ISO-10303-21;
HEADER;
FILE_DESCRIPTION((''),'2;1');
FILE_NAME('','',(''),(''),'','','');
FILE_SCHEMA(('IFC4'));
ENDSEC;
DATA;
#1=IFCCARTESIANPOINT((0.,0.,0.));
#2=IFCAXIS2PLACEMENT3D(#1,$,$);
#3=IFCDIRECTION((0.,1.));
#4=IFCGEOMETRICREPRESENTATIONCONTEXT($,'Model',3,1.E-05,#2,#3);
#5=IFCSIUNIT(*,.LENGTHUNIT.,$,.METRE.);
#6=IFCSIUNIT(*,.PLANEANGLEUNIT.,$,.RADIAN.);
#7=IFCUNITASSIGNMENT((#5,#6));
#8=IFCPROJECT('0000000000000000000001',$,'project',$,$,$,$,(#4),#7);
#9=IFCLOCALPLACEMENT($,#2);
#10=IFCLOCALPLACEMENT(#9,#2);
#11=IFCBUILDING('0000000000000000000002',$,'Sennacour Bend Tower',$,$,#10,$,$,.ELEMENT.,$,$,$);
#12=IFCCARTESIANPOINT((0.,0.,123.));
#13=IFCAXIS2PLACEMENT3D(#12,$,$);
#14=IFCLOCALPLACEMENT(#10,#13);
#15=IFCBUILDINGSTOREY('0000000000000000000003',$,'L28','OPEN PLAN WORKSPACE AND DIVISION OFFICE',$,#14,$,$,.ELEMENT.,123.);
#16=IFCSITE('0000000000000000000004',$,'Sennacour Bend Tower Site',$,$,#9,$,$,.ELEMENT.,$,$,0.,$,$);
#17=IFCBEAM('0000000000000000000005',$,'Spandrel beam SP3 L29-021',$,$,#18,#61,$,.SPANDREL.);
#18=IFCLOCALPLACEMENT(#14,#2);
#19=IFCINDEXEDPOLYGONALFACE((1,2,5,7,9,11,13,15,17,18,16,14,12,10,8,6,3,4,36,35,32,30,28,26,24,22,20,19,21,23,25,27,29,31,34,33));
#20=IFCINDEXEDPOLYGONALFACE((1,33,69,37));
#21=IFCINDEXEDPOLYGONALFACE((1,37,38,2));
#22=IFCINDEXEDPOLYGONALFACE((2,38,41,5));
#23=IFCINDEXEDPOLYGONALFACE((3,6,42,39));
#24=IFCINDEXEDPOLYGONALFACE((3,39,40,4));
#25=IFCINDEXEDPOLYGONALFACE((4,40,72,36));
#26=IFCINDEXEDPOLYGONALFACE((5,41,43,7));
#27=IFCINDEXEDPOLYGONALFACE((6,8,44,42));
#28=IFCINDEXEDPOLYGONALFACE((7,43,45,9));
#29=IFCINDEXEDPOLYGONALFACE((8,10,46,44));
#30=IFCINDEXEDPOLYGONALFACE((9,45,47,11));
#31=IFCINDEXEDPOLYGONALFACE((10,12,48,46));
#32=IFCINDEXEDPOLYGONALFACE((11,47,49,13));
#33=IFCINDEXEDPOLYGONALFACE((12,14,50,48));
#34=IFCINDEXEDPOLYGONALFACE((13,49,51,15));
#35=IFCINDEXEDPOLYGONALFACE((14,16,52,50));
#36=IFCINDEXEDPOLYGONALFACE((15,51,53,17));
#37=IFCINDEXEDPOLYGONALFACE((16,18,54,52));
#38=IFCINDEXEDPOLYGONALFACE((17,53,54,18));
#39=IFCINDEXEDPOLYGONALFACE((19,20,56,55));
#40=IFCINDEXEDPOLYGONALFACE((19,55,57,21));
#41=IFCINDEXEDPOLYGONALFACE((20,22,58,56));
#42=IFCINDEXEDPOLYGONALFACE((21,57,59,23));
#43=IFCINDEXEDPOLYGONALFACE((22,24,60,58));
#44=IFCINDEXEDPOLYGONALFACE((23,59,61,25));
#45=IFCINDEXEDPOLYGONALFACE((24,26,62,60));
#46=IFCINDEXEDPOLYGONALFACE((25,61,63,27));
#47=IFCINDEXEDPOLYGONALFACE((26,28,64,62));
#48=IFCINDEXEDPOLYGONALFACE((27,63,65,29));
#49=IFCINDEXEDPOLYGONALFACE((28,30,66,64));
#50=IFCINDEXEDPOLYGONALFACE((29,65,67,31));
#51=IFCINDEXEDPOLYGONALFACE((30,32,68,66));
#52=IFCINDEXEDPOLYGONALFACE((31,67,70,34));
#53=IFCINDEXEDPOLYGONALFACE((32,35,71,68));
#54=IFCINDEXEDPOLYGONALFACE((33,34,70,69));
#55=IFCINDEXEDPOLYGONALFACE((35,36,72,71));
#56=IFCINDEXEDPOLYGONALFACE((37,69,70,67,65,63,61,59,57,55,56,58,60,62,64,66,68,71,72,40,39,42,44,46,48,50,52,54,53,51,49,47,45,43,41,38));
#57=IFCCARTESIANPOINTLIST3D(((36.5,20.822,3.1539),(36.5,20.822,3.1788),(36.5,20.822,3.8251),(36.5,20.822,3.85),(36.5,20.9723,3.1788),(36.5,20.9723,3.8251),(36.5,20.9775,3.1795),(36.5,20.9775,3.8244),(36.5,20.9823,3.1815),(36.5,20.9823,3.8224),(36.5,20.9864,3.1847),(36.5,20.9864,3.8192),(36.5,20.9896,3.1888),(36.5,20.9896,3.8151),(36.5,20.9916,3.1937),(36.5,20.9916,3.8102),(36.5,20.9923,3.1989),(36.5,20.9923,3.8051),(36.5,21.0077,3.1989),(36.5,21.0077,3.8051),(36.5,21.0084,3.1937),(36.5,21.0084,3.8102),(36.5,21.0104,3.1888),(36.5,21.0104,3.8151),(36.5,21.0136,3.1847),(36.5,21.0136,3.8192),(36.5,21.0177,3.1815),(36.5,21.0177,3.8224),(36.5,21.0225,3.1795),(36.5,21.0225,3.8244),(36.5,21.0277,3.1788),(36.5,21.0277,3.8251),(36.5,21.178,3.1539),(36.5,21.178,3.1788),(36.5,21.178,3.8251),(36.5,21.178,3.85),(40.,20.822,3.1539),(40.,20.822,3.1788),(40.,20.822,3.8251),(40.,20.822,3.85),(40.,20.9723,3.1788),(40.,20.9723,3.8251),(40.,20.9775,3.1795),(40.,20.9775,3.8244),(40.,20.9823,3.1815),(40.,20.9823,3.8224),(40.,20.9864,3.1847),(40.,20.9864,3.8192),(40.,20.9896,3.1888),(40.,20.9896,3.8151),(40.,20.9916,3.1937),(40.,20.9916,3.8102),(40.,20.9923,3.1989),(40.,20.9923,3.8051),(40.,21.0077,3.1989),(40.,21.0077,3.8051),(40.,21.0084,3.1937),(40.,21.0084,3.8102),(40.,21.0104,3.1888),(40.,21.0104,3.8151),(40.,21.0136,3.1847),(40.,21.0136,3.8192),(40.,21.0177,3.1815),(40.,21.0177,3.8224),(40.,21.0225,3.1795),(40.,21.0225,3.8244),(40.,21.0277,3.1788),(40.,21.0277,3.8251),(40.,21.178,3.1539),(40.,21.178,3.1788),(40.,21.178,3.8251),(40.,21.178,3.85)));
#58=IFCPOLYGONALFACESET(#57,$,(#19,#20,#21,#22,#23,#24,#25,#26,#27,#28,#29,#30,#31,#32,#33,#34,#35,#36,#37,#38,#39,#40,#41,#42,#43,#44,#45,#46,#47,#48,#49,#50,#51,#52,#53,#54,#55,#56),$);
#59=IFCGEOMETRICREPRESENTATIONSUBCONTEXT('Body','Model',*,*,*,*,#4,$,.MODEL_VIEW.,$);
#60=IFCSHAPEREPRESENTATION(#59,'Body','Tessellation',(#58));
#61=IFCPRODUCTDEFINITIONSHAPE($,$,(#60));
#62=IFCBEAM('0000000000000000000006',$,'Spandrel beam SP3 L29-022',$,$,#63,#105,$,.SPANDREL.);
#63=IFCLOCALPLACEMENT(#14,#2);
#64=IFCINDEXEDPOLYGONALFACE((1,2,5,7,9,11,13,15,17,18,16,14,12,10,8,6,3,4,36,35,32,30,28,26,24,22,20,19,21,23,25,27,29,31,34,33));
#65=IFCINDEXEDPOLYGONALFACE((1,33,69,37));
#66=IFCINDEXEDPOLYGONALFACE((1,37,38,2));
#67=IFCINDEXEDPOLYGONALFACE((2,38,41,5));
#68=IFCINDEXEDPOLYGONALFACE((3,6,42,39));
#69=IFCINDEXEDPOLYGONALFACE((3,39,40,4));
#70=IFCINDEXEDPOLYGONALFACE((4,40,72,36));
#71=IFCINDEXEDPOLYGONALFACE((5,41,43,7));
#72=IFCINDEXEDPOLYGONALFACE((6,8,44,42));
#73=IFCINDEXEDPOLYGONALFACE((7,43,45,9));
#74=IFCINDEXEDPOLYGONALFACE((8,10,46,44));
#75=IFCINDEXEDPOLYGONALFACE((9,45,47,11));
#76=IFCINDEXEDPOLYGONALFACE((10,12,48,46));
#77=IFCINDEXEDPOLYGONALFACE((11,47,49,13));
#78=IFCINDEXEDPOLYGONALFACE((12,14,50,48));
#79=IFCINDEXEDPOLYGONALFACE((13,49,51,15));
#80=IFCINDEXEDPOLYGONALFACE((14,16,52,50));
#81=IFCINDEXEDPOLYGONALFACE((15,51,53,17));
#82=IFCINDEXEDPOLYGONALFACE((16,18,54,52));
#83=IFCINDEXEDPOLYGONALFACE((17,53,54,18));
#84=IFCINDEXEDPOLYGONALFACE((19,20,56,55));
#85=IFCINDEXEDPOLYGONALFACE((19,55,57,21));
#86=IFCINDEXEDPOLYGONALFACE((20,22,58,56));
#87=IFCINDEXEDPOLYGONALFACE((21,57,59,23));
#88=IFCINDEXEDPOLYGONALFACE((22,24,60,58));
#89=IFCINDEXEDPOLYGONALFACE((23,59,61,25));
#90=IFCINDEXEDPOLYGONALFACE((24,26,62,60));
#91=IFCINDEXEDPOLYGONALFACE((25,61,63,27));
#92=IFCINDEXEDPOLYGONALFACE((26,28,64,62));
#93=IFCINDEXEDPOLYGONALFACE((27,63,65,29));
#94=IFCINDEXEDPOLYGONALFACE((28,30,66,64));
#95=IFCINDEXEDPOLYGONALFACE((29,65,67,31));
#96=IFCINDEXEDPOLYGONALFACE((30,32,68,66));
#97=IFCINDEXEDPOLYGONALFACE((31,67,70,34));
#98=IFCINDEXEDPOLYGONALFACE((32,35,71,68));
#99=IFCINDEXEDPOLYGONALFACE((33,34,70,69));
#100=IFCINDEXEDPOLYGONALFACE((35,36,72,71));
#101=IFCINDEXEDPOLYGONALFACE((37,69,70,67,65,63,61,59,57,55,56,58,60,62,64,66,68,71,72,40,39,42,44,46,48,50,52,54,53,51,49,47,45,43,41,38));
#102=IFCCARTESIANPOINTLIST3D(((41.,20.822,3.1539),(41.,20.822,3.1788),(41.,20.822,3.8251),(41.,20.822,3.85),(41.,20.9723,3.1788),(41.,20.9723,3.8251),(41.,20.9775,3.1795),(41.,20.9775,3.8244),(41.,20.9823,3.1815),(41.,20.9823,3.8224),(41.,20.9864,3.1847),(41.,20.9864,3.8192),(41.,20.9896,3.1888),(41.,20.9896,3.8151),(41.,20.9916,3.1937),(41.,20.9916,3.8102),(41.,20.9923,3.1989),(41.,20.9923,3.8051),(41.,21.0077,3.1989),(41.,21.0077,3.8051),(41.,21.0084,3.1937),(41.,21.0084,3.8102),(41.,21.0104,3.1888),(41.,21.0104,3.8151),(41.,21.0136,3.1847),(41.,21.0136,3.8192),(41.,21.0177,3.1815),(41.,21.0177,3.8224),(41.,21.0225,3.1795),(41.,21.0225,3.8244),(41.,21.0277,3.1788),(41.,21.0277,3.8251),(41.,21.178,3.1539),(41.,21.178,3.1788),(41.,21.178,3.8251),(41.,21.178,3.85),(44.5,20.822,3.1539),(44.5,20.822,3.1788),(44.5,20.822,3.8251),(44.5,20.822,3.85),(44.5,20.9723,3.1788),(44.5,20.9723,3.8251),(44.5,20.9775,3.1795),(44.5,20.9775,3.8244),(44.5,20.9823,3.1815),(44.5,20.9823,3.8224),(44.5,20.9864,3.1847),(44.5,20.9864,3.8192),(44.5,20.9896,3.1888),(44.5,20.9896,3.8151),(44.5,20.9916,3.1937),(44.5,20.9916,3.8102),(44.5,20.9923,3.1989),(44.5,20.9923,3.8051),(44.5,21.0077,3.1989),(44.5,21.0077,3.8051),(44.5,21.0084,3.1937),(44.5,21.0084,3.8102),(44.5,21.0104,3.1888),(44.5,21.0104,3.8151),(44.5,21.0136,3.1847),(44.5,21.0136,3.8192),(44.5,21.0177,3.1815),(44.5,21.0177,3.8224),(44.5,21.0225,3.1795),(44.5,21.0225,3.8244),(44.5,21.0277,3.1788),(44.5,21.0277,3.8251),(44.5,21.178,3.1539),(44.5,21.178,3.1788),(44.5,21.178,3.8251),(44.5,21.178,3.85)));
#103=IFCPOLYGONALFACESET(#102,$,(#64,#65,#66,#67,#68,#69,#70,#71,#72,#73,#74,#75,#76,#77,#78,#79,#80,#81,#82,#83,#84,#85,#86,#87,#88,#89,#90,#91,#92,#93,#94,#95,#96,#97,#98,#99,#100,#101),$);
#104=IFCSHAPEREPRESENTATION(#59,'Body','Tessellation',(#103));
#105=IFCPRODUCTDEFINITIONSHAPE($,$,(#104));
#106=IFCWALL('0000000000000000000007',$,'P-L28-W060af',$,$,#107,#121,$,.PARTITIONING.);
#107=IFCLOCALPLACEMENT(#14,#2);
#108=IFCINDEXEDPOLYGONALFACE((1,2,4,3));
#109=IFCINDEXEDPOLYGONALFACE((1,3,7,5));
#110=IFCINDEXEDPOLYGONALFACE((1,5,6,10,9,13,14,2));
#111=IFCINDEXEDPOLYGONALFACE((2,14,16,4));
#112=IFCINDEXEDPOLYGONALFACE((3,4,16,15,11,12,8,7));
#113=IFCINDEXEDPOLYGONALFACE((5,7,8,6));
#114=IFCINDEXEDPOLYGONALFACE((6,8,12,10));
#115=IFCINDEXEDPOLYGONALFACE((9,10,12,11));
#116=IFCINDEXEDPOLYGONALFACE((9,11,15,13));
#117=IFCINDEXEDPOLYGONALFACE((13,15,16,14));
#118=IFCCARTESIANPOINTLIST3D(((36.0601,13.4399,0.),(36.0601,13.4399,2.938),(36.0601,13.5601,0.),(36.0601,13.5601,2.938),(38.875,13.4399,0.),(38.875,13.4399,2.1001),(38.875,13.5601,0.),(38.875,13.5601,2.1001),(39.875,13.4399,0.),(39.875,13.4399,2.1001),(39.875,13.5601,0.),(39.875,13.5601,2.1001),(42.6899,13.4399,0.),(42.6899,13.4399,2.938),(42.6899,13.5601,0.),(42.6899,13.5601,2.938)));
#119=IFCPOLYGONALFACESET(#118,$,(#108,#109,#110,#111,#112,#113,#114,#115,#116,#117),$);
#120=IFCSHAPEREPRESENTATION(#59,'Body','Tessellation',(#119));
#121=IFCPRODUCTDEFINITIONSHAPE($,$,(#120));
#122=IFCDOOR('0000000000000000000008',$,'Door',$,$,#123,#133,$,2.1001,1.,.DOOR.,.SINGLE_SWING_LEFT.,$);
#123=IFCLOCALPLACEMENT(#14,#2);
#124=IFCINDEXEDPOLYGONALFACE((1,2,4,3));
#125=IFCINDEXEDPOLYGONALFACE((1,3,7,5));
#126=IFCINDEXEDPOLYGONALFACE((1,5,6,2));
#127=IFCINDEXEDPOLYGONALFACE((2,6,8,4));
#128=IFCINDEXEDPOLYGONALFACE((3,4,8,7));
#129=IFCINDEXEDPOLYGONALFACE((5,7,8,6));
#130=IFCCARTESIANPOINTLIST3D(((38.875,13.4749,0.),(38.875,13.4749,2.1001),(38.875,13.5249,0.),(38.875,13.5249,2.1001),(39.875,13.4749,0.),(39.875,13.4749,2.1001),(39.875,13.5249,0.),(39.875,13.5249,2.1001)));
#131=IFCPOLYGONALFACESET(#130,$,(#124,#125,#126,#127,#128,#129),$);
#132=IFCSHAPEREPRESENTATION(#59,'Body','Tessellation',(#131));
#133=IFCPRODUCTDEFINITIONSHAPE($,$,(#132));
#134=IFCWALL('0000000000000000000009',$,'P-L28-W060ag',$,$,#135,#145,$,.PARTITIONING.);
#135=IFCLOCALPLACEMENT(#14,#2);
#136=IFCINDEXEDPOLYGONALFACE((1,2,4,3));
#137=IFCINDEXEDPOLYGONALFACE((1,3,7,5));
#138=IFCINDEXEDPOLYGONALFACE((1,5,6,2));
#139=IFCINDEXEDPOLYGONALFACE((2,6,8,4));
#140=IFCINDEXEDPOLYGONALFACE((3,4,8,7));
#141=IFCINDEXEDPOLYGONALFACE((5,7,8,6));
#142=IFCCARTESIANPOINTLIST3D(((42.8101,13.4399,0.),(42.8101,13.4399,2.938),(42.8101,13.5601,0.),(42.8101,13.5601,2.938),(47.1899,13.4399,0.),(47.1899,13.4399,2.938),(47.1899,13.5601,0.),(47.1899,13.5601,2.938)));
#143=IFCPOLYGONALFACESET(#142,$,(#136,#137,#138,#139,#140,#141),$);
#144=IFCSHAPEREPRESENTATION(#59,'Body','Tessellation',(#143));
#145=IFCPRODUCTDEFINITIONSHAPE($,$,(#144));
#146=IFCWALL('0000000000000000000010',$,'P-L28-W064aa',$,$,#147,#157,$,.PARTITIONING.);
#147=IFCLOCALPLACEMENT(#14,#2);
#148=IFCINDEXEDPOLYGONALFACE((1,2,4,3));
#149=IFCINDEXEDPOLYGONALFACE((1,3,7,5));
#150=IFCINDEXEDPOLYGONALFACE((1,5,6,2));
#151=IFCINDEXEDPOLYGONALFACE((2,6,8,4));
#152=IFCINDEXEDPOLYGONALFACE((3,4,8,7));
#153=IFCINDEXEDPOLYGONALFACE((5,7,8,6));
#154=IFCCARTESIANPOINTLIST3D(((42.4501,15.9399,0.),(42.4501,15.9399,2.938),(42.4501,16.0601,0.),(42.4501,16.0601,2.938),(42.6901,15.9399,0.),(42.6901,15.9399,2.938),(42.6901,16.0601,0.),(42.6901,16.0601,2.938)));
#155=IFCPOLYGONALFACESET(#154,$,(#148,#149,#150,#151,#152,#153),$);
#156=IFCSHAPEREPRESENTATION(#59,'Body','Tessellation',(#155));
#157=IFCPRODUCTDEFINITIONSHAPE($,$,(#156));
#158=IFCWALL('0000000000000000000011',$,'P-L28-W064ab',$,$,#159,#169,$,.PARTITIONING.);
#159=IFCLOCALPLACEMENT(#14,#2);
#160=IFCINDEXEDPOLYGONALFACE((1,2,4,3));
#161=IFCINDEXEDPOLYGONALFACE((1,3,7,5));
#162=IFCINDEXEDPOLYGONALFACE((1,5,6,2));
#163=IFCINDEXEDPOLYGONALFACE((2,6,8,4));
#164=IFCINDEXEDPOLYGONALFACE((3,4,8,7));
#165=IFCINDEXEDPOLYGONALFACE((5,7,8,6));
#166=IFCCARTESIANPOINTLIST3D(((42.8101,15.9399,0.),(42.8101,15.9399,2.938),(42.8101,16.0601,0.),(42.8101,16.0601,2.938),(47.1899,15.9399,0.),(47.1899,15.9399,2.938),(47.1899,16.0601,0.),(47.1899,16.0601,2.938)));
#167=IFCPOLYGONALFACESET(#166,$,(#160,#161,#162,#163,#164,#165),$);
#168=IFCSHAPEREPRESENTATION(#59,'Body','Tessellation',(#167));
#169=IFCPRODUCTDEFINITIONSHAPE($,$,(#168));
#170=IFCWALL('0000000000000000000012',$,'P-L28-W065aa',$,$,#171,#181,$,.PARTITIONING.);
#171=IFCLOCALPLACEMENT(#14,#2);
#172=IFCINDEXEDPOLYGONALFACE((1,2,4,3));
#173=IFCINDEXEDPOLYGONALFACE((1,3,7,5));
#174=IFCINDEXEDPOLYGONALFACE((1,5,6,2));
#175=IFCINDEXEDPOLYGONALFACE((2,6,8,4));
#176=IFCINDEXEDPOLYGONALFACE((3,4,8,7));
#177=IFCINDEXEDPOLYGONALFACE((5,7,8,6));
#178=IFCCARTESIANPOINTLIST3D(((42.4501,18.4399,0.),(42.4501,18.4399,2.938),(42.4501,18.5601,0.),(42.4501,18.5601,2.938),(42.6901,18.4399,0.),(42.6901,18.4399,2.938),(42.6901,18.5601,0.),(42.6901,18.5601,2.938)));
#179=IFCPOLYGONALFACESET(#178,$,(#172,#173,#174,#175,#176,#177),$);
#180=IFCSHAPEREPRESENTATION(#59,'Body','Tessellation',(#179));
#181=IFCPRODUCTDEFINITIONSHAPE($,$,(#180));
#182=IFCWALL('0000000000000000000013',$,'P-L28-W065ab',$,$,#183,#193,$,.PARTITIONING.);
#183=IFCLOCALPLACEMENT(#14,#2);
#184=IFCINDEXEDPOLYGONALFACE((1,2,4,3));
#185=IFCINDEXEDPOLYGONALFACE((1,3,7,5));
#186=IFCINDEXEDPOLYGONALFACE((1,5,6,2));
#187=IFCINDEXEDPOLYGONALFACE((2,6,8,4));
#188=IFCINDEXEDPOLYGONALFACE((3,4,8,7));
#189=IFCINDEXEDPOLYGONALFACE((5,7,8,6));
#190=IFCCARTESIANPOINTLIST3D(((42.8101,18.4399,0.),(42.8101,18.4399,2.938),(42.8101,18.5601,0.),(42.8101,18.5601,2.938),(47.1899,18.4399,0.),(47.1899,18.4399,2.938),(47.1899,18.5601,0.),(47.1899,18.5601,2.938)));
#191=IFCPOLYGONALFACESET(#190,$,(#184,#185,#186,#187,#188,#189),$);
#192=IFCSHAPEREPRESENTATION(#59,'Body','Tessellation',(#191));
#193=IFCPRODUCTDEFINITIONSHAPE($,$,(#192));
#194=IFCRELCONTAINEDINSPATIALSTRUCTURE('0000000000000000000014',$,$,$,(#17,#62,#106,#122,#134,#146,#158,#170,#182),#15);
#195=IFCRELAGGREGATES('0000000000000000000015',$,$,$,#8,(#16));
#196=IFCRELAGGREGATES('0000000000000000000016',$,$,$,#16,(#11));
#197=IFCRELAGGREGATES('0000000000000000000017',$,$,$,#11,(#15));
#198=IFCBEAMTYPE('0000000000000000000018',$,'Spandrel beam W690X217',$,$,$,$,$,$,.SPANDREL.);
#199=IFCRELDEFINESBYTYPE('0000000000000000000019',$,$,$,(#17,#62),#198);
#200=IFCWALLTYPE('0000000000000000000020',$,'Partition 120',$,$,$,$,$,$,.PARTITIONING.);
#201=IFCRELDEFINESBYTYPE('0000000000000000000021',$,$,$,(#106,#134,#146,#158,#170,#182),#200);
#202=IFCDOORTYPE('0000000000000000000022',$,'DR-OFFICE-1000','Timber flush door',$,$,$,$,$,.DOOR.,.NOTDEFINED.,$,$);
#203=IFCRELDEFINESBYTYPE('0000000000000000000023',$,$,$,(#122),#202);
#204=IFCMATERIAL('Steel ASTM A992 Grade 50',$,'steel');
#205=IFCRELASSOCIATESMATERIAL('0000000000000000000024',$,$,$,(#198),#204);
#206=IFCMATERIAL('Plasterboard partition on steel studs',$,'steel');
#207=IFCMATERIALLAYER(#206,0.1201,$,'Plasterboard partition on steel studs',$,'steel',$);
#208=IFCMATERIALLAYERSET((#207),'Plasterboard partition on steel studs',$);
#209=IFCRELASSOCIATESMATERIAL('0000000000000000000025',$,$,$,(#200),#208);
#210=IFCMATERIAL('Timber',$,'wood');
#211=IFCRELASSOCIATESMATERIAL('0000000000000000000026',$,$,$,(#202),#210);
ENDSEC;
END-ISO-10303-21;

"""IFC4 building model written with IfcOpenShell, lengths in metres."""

from ifc_helpers import new_model, si_unit, direction, frame, frame_2d, origin, origin_2d, place, context, subcontext, project, spatial, rectangle, i_section, extrude, material, layer, layer_set, material_profile, profile_set, type_object, element, fill, save


model = new_model("IFC4")

# Units and contexts
model_context = context("Model", 3, precision=1e-05, world=origin(), true_north=direction((0.0, 1.0)))
body_context = subcontext(model_context, "Body", "Model", "MODEL_VIEW")
ifc_project = project(units=[si_unit("LENGTHUNIT", "METRE"), si_unit("PLANEANGLEUNIT", "RADIAN")], contexts=[model_context])

# Site, building, storey
site_placement = place(None, origin())
site = spatial("IfcSite", under=ifc_project, at=site_placement, Name="Sennacour Bend Tower Site", CompositionType="ELEMENT", RefElevation=0.0)
building_placement = place(site_placement, origin())
building = spatial("IfcBuilding", under=site, at=building_placement, Name="Sennacour Bend Tower", CompositionType="ELEMENT")
storey_placement = place(building_placement, frame((0.0, 0.0, 123.0)))
storey = spatial("IfcBuildingStorey", under=building, at=storey_placement, Name="L28", Description="OPEN PLAN WORKSPACE AND DIVISION OFFICE", CompositionType="ELEMENT", Elevation=123.0)

# Beams
ifc_material_1 = material(Name="Steel ASTM A992 Grade 50", Category="steel")
ifc_material_profile_1 = material_profile(ifc_material_1, i_section(OverallWidth=0.356, OverallDepth=0.696, WebThickness=0.0154, FlangeThickness=0.0249, FilletRadius=0.02, at=origin_2d()), Name="Steel ASTM A992 Grade 50", Category="steel")
ifc_profile_set_1 = profile_set([ifc_material_profile_1], Name="Steel ASTM A992 Grade 50")
beam_type = type_object("IfcBeamType", Name="Spandrel beam W690X217", PredefinedType="SPANDREL", material=ifc_profile_set_1)
for number, where, z_axis, x_axis, name in (
    (1, (36.5, 21.0, 3.502), (1.0, 0.0, 0.0), (0.0, 1.0, 0.0), "Spandrel beam SP3 L29-021"),
    (2, (41.0, 21.0, 3.502), (1.0, 0.0, 0.0), (0.0, 1.0, 0.0), "Spandrel beam SP3 L29-022"),
):
    element("IfcBeam", number, at=place(storey_placement, frame(where, z_axis=z_axis, x_axis=x_axis)), inside=storey, type_object=beam_type, Name=name, PredefinedType="SPANDREL", context=body_context, shape_type="SweptSolid", body=[
        extrude(i_section(OverallWidth=0.356, OverallDepth=0.696, WebThickness=0.0154, FlangeThickness=0.0249, FilletRadius=0.02, at=origin_2d()), origin(), (0.0, 0.0, 1.0), 3.5),
    ])

# Wall, opening, door
ifc_material_2 = material(Name="Plasterboard partition on steel studs", Category="steel")
ifc_layer_1 = layer(ifc_material_2, 0.1201, Name="Plasterboard partition on steel studs", Category="steel")
ifc_layer_set_1 = layer_set([ifc_layer_1], Name="Plasterboard partition on steel studs")
wall_type_1 = type_object("IfcWallType", Name="Partition 120", PredefinedType="PARTITIONING", material=ifc_layer_set_1)
wall_1_placement = place(storey_placement, frame((36.0601, 13.5, 0.0), z_axis=(0.0, 0.0, 1.0), x_axis=(1.0, 0.0, 0.0)))
wall_1 = element("IfcWall", 3, at=wall_1_placement, inside=storey, type_object=wall_type_1, Name="P-L28-W060af", PredefinedType="PARTITIONING", context=body_context, shape_type="SweptSolid", body=[
    extrude(rectangle(XDim=6.6299, YDim=0.1201, at=frame_2d((3.3149, 0.0))), origin(), (0.0, 0.0, 1.0), 2.938),
])
opening_1_placement = place(wall_1_placement, frame((2.8149, 0.0, 0.0)))
opening_1 = element("IfcOpeningElement", 4, at=opening_1_placement, cuts=wall_1, PredefinedType="OPENING", context=body_context, shape_type="SweptSolid", body=[
    extrude(rectangle(XDim=1.0, YDim=2.1001, at=frame_2d((0.5, 1.05))), frame((0.0, 0.0701, 0.0), z_axis=(0.0, -1.0, 0.0), x_axis=(1.0, 0.0, 0.0)), (0.0, 0.0, 1.0), 0.1401),
])
ifc_material_3 = material(Name="Timber", Category="wood")
door_type_1 = type_object("IfcDoorType", Name="DR-OFFICE-1000", Description="Timber flush door", OperationType="NOTDEFINED", PredefinedType="DOOR", material=ifc_material_3)
door_1_placement = place(opening_1_placement, origin())
door_1 = element("IfcDoor", 5, at=door_1_placement, inside=storey, type_object=door_type_1, Name="Door", OperationType="SINGLE_SWING_LEFT", OverallHeight=2.1001, OverallWidth=1.0, PredefinedType="DOOR", context=body_context, shape_type="SweptSolid", body=[
    extrude(rectangle(XDim=1.0, YDim=2.1001, at=frame_2d((0.5, 1.05))), frame((0.0, 0.0249, 0.0), z_axis=(0.0, -1.0, 0.0), x_axis=(1.0, 0.0, 0.0)), (0.0, 0.0, 1.0), 0.05),
])
fill(opening_1, door_1)

# Walls
wall_2_placement = place(storey_placement, frame((42.8101, 13.5, 0.0), z_axis=(0.0, 0.0, 1.0), x_axis=(1.0, 0.0, 0.0)))
element("IfcWall", 6, at=wall_2_placement, inside=storey, type_object=wall_type_1, Name="P-L28-W060ag", PredefinedType="PARTITIONING", context=body_context, shape_type="SweptSolid", body=[
    extrude(rectangle(XDim=4.3799, YDim=0.1201, at=frame_2d((2.1899, 0.0))), origin(), (0.0, 0.0, 1.0), 2.938),
])
wall_3_placement = place(storey_placement, frame((42.45, 16.0, 0.0), z_axis=(0.0, 0.0, 1.0), x_axis=(1.0, 0.0, 0.0)))
element("IfcWall", 7, at=wall_3_placement, inside=storey, type_object=wall_type_1, Name="P-L28-W064aa", PredefinedType="PARTITIONING", context=body_context, shape_type="SweptSolid", body=[
    extrude(rectangle(XDim=0.24, YDim=0.1201, at=frame_2d((0.1201, 0.0))), origin(), (0.0, 0.0, 1.0), 2.938),
])
wall_4_placement = place(storey_placement, frame((42.8101, 16.0, 0.0), z_axis=(0.0, 0.0, 1.0), x_axis=(1.0, 0.0, 0.0)))
element("IfcWall", 8, at=wall_4_placement, inside=storey, type_object=wall_type_1, Name="P-L28-W064ab", PredefinedType="PARTITIONING", context=body_context, shape_type="SweptSolid", body=[
    extrude(rectangle(XDim=4.3799, YDim=0.1201, at=frame_2d((2.1899, 0.0))), origin(), (0.0, 0.0, 1.0), 2.938),
])
wall_5_placement = place(storey_placement, frame((42.45, 18.5, 0.0), z_axis=(0.0, 0.0, 1.0), x_axis=(1.0, 0.0, 0.0)))
element("IfcWall", 9, at=wall_5_placement, inside=storey, type_object=wall_type_1, Name="P-L28-W065aa", PredefinedType="PARTITIONING", context=body_context, shape_type="SweptSolid", body=[
    extrude(rectangle(XDim=0.24, YDim=0.1201, at=frame_2d((0.1201, 0.0))), origin(), (0.0, 0.0, 1.0), 2.938),
])
wall_6_placement = place(storey_placement, frame((42.8101, 18.5, 0.0), z_axis=(0.0, 0.0, 1.0), x_axis=(1.0, 0.0, 0.0)))
element("IfcWall", 10, at=wall_6_placement, inside=storey, type_object=wall_type_1, Name="P-L28-W065ab", PredefinedType="PARTITIONING", context=body_context, shape_type="SweptSolid", body=[
    extrude(rectangle(XDim=4.3799, YDim=0.1201, at=frame_2d((2.1899, 0.0))), origin(), (0.0, 0.0, 1.0), 2.938),
])

save(model, "model.ifc")
